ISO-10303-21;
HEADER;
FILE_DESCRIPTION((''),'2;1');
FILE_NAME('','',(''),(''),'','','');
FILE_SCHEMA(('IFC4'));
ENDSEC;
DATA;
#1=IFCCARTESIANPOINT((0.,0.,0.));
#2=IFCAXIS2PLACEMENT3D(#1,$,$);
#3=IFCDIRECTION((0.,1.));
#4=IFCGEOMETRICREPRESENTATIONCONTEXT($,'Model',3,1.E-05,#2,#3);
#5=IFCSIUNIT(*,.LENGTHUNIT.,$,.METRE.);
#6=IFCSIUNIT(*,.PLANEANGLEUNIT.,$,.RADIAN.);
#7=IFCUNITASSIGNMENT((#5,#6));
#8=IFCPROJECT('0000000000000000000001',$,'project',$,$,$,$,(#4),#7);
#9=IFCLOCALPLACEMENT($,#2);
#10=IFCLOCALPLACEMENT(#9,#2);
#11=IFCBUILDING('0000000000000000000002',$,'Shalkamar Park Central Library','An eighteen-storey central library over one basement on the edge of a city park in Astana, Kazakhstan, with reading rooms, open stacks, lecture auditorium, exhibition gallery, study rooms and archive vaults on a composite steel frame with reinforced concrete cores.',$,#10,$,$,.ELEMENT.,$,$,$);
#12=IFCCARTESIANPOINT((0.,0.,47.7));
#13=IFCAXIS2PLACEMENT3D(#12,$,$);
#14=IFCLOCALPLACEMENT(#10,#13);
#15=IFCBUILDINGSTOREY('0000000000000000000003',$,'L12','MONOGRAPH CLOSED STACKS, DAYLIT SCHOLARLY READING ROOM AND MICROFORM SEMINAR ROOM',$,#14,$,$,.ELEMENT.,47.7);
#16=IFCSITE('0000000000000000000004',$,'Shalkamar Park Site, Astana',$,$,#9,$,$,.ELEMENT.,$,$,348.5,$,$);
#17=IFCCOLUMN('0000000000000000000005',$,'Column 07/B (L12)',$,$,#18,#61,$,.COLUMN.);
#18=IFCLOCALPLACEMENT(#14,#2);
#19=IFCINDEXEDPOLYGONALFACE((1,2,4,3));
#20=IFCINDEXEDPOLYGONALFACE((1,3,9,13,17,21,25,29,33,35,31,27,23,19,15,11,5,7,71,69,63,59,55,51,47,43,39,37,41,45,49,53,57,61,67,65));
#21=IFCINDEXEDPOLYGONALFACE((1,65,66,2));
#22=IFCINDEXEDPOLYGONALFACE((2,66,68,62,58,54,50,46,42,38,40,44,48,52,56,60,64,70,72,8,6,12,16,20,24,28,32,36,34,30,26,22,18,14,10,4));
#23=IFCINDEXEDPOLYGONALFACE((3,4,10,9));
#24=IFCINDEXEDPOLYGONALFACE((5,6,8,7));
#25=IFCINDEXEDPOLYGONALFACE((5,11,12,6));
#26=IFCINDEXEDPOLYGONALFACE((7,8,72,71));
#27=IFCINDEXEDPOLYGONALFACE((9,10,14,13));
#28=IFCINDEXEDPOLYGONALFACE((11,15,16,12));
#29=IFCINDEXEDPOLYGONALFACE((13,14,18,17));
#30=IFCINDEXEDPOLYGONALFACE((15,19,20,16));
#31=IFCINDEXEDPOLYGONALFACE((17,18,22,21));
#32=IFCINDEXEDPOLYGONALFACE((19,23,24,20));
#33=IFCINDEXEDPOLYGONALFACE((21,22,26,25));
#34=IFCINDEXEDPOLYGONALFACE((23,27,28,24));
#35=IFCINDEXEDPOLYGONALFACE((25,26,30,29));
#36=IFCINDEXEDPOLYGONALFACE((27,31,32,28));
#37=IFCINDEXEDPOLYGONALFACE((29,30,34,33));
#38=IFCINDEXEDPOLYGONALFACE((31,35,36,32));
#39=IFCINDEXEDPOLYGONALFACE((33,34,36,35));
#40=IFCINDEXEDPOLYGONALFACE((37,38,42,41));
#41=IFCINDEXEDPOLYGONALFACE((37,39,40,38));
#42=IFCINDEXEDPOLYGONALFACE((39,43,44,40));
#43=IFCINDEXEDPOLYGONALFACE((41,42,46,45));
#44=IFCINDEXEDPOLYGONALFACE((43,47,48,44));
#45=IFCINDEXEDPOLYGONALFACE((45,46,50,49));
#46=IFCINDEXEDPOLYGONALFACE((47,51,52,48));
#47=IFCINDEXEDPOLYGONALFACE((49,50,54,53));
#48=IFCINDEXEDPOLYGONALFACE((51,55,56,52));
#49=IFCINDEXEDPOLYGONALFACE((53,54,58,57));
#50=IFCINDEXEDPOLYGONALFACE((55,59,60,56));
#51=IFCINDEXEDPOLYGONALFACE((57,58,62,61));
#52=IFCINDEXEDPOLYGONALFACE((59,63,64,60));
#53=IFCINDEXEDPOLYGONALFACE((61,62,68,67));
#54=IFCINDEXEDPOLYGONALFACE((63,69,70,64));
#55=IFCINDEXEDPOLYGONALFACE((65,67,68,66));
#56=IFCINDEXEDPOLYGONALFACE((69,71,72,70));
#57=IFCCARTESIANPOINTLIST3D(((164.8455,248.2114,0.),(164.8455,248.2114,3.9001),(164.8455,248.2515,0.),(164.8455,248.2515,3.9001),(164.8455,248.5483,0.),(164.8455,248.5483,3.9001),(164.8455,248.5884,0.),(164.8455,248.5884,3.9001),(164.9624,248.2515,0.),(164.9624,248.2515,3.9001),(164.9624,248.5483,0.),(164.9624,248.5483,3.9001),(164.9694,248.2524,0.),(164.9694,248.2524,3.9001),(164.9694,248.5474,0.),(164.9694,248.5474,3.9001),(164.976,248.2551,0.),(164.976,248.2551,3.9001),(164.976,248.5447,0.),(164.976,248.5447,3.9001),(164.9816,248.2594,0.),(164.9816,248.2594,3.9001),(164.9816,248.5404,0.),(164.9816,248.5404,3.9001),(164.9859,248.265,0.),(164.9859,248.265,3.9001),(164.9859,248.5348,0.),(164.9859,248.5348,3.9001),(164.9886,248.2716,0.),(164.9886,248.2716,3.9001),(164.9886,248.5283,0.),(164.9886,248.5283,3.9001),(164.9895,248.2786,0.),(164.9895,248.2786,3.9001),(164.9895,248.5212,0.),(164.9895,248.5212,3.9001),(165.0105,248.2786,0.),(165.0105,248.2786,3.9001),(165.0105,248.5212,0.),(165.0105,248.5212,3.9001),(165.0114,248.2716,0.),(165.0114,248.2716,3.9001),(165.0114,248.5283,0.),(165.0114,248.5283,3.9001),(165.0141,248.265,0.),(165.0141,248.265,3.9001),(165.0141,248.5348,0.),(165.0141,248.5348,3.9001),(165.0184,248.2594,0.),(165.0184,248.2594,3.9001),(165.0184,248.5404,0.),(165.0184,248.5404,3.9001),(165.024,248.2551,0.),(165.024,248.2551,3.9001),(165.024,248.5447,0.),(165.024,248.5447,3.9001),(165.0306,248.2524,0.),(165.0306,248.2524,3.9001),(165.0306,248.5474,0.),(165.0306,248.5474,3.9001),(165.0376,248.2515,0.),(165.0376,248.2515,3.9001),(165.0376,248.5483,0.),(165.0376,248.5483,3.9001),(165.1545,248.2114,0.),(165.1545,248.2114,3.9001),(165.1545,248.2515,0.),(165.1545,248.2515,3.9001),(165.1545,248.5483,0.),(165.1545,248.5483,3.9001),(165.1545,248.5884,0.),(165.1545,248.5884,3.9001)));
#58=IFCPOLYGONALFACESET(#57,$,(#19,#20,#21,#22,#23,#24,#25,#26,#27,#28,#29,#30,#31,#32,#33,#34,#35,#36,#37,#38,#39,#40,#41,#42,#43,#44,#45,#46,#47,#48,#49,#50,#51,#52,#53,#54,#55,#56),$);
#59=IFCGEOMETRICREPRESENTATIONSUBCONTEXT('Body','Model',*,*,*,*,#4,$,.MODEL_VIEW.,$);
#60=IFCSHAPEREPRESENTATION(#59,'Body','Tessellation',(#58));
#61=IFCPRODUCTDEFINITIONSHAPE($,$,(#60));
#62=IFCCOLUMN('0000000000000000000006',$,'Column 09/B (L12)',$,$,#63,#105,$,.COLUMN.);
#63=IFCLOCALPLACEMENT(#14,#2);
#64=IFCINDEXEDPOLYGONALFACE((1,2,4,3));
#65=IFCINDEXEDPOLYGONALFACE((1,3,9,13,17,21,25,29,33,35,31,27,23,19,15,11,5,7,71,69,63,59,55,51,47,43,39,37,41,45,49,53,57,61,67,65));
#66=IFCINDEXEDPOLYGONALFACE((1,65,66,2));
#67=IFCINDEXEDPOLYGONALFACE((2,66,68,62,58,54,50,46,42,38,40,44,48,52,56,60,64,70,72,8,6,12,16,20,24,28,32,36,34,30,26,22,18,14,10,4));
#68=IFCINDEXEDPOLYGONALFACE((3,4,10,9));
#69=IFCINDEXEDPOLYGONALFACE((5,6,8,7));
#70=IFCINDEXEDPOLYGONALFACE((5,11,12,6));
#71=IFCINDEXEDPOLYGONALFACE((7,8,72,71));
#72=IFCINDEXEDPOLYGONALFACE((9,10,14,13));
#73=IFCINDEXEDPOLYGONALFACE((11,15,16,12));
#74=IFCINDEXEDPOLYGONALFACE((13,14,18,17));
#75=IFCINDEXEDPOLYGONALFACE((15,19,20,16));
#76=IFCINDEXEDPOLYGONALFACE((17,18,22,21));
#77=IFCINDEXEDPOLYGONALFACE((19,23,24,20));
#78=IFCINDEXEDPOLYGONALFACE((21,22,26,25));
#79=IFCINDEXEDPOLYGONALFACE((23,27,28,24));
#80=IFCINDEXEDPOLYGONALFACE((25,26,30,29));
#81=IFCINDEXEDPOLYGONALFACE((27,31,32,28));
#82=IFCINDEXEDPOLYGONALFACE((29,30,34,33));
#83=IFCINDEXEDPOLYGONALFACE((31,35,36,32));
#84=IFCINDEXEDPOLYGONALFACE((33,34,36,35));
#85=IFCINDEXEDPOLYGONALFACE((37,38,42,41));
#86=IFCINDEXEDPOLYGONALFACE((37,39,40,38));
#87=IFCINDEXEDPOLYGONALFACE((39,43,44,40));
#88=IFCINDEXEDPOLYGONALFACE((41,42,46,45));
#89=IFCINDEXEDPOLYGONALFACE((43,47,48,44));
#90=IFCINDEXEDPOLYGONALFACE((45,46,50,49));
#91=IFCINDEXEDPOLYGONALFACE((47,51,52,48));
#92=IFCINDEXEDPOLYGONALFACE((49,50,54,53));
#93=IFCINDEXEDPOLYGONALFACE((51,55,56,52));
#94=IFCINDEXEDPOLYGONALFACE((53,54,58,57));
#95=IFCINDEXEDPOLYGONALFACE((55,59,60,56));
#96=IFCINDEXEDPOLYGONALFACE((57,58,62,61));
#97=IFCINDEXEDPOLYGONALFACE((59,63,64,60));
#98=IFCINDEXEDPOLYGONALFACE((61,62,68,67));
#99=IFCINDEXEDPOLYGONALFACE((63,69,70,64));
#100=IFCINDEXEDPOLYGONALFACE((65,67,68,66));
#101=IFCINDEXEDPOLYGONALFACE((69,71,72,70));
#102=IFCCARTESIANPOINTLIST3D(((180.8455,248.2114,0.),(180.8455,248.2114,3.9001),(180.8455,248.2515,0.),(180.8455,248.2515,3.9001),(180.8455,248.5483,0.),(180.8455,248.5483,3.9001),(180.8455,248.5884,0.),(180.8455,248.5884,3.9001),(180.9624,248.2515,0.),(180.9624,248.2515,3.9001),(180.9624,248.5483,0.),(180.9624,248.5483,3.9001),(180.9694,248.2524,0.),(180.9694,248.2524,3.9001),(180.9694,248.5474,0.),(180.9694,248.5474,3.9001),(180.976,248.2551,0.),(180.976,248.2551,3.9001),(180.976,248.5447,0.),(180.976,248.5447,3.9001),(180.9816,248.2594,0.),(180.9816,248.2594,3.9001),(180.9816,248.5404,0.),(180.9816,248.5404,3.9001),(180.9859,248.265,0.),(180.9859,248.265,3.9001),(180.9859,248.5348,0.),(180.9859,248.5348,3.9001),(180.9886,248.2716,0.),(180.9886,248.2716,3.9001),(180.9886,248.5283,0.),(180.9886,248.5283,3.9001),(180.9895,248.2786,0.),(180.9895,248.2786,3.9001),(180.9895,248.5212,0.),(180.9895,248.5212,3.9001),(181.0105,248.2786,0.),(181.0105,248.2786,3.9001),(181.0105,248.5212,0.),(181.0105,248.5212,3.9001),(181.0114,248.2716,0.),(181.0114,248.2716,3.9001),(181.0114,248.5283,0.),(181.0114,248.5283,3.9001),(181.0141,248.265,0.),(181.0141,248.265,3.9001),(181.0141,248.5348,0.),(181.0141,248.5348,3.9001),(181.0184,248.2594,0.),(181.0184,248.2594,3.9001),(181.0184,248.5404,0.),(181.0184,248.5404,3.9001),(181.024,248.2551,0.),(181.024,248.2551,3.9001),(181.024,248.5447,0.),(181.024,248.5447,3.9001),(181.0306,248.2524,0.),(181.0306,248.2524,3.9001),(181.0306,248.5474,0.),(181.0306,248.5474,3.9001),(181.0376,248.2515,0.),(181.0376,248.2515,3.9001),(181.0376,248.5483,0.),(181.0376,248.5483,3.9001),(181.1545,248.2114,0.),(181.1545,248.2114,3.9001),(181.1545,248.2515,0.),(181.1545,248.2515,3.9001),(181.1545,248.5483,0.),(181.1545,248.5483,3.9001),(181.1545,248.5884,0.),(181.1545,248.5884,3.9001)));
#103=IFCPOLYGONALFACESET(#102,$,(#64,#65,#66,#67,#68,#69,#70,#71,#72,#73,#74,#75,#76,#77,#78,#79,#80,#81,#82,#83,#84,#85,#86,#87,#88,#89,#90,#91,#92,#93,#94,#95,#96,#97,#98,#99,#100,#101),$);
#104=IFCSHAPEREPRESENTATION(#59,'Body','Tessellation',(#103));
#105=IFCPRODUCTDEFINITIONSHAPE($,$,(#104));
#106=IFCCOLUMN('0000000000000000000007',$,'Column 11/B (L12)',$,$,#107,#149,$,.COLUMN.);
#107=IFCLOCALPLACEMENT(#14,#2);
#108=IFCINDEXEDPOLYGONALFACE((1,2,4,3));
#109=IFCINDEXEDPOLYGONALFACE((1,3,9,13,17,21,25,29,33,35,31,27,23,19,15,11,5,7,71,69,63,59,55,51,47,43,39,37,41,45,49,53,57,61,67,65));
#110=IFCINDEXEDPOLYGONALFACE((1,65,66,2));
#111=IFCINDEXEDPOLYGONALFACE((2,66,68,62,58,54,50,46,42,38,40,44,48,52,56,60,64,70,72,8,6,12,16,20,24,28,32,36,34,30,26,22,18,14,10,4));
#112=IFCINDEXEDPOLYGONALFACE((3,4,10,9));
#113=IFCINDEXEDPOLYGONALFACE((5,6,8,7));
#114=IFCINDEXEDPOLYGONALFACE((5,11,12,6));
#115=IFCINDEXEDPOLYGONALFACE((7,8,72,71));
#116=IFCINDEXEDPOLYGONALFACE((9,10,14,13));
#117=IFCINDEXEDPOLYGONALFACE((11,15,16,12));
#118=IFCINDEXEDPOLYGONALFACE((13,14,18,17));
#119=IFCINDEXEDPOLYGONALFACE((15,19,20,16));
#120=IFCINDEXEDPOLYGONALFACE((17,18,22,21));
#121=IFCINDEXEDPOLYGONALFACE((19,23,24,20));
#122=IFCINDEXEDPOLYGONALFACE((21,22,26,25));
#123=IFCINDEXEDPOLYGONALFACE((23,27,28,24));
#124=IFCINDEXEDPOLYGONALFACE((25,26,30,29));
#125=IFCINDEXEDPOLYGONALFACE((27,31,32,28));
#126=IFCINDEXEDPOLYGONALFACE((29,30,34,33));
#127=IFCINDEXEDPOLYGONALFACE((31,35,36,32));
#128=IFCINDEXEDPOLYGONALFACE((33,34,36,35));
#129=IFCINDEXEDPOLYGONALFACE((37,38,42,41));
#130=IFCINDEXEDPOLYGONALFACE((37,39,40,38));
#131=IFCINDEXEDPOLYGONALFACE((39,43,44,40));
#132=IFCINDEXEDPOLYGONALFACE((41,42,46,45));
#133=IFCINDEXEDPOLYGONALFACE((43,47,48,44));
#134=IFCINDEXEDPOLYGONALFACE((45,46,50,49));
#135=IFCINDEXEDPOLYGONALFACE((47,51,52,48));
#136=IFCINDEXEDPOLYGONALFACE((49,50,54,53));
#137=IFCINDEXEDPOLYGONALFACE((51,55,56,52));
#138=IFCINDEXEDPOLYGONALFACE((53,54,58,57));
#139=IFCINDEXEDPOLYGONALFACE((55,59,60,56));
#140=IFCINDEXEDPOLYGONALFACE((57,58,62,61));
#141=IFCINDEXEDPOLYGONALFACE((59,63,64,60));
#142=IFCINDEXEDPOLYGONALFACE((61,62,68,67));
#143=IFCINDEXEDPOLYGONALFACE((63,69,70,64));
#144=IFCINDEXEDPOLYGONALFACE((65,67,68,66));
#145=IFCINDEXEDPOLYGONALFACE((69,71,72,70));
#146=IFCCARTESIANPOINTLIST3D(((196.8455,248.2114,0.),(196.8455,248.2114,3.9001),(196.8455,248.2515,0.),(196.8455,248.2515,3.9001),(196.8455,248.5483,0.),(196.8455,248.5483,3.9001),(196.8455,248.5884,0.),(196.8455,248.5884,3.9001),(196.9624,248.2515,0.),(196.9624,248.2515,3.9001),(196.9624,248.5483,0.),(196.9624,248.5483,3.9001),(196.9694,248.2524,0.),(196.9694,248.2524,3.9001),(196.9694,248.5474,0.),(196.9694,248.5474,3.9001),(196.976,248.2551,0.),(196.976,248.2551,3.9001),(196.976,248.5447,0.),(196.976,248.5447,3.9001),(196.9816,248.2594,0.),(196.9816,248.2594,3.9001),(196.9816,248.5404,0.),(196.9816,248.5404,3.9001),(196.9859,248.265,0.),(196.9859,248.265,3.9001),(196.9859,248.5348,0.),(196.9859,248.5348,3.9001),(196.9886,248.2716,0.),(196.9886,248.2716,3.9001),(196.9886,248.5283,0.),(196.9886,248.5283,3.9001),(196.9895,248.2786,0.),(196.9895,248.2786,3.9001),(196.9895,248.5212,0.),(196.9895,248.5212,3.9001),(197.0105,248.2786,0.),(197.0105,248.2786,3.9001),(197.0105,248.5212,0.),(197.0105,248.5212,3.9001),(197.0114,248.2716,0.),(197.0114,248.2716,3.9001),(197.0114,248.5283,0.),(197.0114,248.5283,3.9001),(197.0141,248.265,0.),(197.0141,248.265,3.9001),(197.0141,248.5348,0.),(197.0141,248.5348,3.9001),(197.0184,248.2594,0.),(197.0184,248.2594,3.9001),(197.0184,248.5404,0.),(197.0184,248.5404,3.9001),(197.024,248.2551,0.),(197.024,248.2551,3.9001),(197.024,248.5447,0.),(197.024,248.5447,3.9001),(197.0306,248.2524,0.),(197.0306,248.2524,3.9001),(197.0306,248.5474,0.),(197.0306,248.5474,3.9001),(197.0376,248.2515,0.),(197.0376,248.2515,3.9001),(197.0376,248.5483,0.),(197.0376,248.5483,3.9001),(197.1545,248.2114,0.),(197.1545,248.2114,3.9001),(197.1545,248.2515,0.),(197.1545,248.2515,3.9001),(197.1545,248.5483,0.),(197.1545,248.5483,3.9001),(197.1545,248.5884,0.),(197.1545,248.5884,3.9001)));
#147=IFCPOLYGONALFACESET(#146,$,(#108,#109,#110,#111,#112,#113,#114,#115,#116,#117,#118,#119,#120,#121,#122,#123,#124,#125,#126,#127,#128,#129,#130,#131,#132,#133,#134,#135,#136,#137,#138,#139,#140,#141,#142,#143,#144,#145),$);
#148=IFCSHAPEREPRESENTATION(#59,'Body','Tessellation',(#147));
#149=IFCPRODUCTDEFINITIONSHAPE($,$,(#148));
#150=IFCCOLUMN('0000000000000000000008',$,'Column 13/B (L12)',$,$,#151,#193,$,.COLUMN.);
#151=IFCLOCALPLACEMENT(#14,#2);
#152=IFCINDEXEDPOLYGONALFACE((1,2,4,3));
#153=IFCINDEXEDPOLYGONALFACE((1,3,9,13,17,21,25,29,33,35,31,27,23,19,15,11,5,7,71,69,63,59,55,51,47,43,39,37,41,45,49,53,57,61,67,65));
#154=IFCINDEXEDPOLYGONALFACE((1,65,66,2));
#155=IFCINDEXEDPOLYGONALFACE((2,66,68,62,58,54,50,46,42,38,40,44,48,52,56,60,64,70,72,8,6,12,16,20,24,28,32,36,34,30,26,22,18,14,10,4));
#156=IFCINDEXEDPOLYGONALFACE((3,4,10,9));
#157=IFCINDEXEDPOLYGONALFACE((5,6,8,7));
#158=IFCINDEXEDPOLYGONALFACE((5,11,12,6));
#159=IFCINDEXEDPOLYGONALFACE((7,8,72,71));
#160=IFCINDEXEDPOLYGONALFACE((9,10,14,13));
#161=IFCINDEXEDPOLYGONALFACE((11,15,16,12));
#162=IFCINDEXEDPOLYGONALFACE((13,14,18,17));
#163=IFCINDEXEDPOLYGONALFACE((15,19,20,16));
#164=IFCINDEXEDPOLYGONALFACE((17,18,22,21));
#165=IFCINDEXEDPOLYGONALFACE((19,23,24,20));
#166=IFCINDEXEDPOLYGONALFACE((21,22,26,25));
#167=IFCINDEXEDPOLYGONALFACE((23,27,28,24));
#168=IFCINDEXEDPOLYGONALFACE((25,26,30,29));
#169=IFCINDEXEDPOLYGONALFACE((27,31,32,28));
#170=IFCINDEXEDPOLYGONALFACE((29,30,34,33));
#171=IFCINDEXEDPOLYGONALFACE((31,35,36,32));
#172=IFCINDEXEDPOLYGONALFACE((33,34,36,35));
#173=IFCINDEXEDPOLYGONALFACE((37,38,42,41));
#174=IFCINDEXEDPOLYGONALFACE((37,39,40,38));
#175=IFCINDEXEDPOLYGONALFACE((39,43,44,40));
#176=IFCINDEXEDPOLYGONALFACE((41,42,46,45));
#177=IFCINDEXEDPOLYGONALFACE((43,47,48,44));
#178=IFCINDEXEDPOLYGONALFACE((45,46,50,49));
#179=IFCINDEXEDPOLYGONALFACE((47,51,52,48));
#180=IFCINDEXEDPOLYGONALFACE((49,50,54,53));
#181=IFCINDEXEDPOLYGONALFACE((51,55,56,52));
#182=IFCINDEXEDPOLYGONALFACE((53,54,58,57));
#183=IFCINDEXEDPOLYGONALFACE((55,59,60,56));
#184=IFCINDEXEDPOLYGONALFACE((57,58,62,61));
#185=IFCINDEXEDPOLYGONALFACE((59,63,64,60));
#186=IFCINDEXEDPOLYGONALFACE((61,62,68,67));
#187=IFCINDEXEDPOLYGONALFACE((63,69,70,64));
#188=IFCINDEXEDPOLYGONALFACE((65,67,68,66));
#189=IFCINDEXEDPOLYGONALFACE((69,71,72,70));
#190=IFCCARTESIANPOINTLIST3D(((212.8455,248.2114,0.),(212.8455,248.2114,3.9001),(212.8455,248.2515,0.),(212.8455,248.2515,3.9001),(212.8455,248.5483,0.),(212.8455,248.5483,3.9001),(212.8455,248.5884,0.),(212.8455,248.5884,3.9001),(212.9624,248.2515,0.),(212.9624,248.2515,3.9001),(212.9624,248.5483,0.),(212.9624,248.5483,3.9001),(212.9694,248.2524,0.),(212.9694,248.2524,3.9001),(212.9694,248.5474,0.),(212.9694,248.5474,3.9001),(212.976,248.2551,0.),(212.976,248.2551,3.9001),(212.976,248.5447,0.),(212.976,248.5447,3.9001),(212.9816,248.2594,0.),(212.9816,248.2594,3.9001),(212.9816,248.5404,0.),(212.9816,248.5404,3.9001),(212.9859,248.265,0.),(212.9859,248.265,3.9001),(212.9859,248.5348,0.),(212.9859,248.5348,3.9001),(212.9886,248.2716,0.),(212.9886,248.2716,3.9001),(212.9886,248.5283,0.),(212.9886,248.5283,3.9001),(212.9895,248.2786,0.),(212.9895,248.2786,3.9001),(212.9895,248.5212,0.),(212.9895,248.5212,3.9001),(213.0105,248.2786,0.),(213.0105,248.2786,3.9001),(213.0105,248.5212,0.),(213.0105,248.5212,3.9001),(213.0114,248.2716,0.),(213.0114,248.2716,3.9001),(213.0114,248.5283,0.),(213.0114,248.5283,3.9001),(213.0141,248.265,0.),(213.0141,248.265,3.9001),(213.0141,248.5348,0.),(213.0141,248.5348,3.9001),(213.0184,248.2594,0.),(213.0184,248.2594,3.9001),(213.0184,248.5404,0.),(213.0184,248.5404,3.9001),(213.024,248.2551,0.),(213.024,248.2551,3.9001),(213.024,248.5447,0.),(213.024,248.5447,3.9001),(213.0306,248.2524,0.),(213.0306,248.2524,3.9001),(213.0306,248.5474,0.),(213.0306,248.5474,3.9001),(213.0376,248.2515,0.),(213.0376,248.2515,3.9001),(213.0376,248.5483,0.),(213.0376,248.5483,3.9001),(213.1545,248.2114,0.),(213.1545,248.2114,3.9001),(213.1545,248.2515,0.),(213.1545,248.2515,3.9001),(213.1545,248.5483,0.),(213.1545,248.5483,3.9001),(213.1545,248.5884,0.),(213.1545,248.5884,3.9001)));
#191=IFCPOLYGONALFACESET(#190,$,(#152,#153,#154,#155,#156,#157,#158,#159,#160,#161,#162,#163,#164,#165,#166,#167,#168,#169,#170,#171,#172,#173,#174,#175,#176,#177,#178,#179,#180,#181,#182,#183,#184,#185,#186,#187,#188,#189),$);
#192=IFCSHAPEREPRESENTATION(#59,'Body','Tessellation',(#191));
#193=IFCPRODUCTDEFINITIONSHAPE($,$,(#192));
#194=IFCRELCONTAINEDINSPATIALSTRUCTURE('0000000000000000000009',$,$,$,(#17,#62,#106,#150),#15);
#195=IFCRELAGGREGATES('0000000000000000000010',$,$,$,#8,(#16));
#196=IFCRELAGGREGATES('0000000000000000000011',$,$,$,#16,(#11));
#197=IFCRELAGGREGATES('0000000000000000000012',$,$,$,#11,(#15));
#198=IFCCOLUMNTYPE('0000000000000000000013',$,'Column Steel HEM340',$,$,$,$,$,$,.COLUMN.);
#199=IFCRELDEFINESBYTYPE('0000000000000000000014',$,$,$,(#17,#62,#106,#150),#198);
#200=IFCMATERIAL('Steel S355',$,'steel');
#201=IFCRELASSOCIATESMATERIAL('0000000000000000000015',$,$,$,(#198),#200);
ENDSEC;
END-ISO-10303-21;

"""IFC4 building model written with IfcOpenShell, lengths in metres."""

from ifc_helpers import new_model, si_unit, direction, frame, origin, origin_2d, place, context, subcontext, project, spatial, i_section, extrude, material, material_profile, profile_set, type_object, element, save


model = new_model("IFC4")

# Units and contexts
model_context = context("Model", 3, precision=1e-05, world=origin(), true_north=direction((0.0, 1.0)))
body_context = subcontext(model_context, "Body", "Model", "MODEL_VIEW")
ifc_project = project(units=[si_unit("LENGTHUNIT", "METRE"), si_unit("PLANEANGLEUNIT", "RADIAN")], contexts=[model_context])

# Site, building, storey
site_placement = place(None, origin())
site = spatial("IfcSite", under=ifc_project, at=site_placement, Name="Shalkamar Park Site, Astana", CompositionType="ELEMENT", RefElevation=348.5)
building_placement = place(site_placement, origin())
building = spatial("IfcBuilding", under=site, at=building_placement, Name="Shalkamar Park Central Library", Description="An eighteen-storey central library over one basement on the edge of a city park in Astana, Kazakhstan, with reading rooms, open stacks, lecture auditorium, exhibition gallery, study rooms and archive vaults on a composite steel frame with reinforced concrete cores.", CompositionType="ELEMENT")
storey_placement = place(building_placement, frame((0.0, 0.0, 47.7)))
storey = spatial("IfcBuildingStorey", under=building, at=storey_placement, Name="L12", Description="MONOGRAPH CLOSED STACKS, DAYLIT SCHOLARLY READING ROOM AND MICROFORM SEMINAR ROOM", CompositionType="ELEMENT", Elevation=47.7)

# Columns
ifc_material_1 = material(Name="Steel S355", Category="steel")
ifc_material_profile_1 = material_profile(ifc_material_1, i_section(OverallWidth=0.3091, OverallDepth=0.377, WebThickness=0.021, FlangeThickness=0.04, FilletRadius=0.0271, at=origin_2d()), Name="HEM 340")
ifc_profile_set_1 = profile_set([ifc_material_profile_1], Name="Steel S355")
column_type_1 = type_object("IfcColumnType", Name="Column Steel HEM340", PredefinedType="COLUMN", material=ifc_profile_set_1)
for number, where, z_axis, x_axis, name in (
    (1, (165.0, 248.3999, 0.0), (0.0, 0.0, 1.0), (1.0, 0.0, 0.0), "Column 07/B (L12)"),
    (2, (181.0, 248.3999, 0.0), (0.0, 0.0, 1.0), (1.0, 0.0, 0.0), "Column 09/B (L12)"),
    (3, (197.0, 248.3999, 0.0), (0.0, 0.0, 1.0), (1.0, 0.0, 0.0), "Column 11/B (L12)"),
    (4, (213.0, 248.3999, 0.0), (0.0, 0.0, 1.0), (1.0, 0.0, 0.0), "Column 13/B (L12)"),
):
    element("IfcColumn", number, at=place(storey_placement, frame(where, z_axis=z_axis, x_axis=x_axis)), inside=storey, type_object=column_type_1, Name=name, PredefinedType="COLUMN", context=body_context, shape_type="SweptSolid", body=[
        extrude(i_section(OverallWidth=0.3091, OverallDepth=0.377, WebThickness=0.021, FlangeThickness=0.04, FilletRadius=0.0271, at=origin_2d()), origin(), (0.0, 0.0, 1.0), 3.9001),
    ])

save(model, "model.ifc")
